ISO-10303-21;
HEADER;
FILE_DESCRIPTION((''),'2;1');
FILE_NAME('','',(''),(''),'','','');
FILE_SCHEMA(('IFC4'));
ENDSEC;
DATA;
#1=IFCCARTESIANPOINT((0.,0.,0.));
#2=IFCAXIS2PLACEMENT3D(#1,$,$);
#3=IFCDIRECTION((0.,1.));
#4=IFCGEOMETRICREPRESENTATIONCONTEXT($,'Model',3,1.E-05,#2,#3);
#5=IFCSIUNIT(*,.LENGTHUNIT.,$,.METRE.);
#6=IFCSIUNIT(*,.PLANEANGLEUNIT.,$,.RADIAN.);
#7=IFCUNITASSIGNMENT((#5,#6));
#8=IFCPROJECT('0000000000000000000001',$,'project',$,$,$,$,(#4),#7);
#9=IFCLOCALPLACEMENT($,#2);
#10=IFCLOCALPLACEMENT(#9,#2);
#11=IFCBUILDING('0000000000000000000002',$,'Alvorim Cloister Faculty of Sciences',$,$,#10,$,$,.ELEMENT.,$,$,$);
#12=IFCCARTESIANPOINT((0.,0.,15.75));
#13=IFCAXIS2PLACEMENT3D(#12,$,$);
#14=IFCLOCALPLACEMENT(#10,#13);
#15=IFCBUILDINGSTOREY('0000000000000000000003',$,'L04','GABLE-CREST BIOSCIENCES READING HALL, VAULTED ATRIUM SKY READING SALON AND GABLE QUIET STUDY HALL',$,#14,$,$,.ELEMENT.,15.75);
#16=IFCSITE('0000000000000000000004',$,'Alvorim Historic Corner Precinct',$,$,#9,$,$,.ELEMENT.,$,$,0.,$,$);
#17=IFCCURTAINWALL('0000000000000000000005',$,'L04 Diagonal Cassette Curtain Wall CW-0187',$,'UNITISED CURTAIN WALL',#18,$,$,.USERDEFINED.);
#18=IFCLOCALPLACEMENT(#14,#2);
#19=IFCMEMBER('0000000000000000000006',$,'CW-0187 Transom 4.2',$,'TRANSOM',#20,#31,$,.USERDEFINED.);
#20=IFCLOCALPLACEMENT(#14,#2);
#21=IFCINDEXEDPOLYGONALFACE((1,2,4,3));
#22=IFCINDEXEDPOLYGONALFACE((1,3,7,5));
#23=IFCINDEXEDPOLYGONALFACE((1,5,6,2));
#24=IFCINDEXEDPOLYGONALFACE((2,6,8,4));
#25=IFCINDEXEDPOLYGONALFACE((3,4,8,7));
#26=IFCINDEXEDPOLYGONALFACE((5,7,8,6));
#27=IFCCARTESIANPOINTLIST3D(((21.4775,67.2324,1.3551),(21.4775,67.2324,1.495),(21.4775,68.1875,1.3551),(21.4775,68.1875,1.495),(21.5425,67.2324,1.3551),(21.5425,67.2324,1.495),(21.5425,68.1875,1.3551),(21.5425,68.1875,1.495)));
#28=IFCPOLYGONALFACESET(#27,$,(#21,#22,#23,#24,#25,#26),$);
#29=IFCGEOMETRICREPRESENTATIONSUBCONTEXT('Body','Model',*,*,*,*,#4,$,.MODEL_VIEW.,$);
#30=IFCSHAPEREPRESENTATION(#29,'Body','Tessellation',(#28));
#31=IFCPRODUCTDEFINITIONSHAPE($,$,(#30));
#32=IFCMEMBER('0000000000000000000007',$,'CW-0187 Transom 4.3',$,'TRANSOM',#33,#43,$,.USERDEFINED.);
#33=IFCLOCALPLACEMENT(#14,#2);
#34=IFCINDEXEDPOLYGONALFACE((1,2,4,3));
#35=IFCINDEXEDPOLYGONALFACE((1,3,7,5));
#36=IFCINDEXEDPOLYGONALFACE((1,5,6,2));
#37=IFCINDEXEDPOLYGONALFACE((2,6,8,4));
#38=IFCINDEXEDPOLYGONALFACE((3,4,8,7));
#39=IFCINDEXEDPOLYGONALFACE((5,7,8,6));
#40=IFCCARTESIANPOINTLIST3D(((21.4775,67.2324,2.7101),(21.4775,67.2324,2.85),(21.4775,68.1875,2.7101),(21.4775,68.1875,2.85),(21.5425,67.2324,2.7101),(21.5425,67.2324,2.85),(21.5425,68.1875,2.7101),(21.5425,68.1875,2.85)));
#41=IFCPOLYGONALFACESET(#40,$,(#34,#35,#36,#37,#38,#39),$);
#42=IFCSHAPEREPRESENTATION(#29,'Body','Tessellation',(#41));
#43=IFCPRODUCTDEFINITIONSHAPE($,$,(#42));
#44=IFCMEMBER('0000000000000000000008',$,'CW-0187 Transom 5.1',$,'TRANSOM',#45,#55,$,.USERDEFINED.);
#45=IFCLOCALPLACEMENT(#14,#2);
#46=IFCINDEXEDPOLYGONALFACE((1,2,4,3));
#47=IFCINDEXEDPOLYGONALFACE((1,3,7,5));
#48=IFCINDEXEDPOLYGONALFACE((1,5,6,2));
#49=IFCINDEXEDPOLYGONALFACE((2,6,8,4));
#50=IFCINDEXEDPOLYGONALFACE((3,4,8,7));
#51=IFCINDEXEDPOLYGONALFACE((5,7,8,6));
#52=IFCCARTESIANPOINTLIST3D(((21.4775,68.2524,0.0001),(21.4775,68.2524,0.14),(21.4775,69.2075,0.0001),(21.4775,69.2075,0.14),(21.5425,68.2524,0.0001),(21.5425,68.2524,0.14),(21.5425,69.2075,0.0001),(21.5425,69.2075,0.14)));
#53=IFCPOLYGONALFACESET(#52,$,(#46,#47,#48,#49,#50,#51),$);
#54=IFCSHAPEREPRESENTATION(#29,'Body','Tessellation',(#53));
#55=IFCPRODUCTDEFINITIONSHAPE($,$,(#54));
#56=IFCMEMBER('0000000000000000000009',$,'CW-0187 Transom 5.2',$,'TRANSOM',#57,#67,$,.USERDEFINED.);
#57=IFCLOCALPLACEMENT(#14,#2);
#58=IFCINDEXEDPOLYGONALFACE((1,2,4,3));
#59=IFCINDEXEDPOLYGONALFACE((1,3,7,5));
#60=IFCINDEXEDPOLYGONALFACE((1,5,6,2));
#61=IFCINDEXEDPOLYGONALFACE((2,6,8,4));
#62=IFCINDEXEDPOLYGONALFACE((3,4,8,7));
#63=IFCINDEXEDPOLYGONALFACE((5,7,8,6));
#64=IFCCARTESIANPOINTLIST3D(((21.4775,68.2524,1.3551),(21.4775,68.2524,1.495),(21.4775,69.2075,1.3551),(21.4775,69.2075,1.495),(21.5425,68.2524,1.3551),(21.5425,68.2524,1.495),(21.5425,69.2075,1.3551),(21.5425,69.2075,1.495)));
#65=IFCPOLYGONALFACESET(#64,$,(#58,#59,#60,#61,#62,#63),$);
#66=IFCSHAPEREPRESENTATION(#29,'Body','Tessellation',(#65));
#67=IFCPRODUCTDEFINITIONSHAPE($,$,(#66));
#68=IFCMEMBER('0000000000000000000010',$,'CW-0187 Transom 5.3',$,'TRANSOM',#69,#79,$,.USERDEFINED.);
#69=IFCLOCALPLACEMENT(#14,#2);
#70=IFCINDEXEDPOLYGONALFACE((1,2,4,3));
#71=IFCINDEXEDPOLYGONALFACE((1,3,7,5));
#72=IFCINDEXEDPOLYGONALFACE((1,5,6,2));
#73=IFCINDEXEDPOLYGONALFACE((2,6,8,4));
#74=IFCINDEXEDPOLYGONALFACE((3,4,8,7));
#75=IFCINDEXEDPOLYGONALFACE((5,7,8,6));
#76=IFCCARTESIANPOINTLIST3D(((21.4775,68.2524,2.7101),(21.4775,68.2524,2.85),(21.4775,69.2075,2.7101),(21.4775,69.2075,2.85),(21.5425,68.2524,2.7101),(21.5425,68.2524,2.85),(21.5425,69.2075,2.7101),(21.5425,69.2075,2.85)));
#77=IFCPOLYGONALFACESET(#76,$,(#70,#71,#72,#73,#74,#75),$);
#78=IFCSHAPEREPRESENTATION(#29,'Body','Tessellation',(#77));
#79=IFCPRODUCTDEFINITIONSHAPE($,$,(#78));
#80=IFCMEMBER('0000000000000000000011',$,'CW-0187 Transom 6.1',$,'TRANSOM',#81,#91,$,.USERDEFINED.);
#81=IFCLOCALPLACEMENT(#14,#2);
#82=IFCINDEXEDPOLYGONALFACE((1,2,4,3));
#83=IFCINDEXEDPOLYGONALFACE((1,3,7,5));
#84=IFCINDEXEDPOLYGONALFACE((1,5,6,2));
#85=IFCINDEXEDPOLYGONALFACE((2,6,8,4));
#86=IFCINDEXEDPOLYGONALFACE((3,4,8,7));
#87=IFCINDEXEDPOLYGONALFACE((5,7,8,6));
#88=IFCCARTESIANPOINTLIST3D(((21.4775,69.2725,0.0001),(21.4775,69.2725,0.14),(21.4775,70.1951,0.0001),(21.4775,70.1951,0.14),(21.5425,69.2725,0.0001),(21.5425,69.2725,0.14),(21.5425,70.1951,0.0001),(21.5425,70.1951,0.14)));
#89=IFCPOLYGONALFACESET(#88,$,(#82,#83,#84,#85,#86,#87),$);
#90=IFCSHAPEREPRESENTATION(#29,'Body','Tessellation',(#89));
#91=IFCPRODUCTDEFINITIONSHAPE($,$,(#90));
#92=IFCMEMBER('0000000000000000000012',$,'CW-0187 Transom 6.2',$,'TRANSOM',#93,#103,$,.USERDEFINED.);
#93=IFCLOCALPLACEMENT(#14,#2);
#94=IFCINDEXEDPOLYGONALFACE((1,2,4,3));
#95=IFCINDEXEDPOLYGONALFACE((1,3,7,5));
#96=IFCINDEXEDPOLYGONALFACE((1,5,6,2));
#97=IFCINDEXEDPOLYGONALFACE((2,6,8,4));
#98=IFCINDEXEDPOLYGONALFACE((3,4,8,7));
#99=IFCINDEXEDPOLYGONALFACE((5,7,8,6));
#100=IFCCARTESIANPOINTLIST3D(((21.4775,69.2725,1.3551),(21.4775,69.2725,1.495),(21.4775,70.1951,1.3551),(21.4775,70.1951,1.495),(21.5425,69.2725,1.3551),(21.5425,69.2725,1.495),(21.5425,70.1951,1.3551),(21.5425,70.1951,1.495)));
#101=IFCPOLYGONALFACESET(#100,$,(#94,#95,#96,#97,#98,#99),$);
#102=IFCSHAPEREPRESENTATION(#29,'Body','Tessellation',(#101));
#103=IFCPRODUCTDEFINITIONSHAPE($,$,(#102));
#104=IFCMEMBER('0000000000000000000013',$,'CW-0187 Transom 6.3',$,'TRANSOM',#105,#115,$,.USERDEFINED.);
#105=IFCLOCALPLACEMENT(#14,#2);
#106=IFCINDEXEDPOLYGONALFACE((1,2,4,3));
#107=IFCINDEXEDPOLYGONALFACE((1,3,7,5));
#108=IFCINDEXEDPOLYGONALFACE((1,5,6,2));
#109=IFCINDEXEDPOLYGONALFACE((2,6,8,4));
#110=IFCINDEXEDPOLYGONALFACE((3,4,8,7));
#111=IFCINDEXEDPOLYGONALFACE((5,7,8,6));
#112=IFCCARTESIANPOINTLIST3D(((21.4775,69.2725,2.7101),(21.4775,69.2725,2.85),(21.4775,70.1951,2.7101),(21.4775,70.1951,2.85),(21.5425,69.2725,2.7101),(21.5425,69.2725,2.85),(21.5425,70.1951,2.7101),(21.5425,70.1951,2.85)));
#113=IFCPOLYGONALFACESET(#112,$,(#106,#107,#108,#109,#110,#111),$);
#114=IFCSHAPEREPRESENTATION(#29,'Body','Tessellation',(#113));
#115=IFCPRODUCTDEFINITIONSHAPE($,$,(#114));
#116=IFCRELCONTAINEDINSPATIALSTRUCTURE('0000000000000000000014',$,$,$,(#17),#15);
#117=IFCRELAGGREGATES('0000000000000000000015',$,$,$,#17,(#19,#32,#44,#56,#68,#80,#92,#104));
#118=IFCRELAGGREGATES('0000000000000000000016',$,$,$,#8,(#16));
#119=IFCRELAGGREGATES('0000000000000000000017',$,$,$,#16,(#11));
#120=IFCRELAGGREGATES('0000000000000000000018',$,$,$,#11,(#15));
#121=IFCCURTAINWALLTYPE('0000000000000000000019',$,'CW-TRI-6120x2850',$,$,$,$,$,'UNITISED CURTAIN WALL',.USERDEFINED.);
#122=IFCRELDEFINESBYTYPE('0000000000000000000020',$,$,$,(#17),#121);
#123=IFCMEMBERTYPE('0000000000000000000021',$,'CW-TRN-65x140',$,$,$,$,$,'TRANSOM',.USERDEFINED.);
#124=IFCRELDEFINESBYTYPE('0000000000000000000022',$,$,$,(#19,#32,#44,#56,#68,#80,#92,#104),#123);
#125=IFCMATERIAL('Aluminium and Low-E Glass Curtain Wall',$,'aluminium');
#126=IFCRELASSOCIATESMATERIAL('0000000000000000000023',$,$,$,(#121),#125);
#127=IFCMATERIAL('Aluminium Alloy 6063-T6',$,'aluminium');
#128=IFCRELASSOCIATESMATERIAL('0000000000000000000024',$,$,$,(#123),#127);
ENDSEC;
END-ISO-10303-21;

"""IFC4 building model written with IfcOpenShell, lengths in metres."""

from ifc_helpers import new_model, si_unit, direction, frame, origin, origin_2d, place, context, subcontext, project, spatial, rectangle, extrude, material, material_profile, profile_set, type_object, element, aggregate, save


model = new_model("IFC4")

# Units and contexts
model_context = context("Model", 3, precision=1e-05, world=origin(), true_north=direction((0.0, 1.0)))
body_context = subcontext(model_context, "Body", "Model", "MODEL_VIEW")
ifc_project = project(units=[si_unit("LENGTHUNIT", "METRE"), si_unit("PLANEANGLEUNIT", "RADIAN")], contexts=[model_context])

# Site, building, storey
site_placement = place(None, origin())
site = spatial("IfcSite", under=ifc_project, at=site_placement, Name="Alvorim Historic Corner Precinct", CompositionType="ELEMENT", RefElevation=0.0)
building_placement = place(site_placement, origin())
building = spatial("IfcBuilding", under=site, at=building_placement, Name="Alvorim Cloister Faculty of Sciences", CompositionType="ELEMENT")
storey_placement = place(building_placement, frame((0.0, 0.0, 15.75)))
storey = spatial("IfcBuildingStorey", under=building, at=storey_placement, Name="L04", Description="GABLE-CREST BIOSCIENCES READING HALL, VAULTED ATRIUM SKY READING SALON AND GABLE QUIET STUDY HALL", CompositionType="ELEMENT", Elevation=15.75)

# Shared definitions
ifc_material_1 = material(Name="Aluminium and Low-E Glass Curtain Wall", Category="aluminium")
curtain_wall_type = type_object("IfcCurtainWallType", Name="CW-TRI-6120x2850", ElementType="UNITISED CURTAIN WALL", PredefinedType="USERDEFINED", material=ifc_material_1)
ifc_material_2 = material(Name="Aluminium Alloy 6063-T6", Category="aluminium")

# Curtain wall, members
curtain_wall_1_placement = place(storey_placement, origin())
curtain_wall_1 = element("IfcCurtainWall", 1, at=curtain_wall_1_placement, inside=storey, type_object=curtain_wall_type, Name="L04 Diagonal Cassette Curtain Wall CW-0187", ObjectType="UNITISED CURTAIN WALL", PredefinedType="USERDEFINED")
ifc_material_profile_1 = material_profile(ifc_material_2, rectangle(XDim=0.0649, YDim=0.1399, at=origin_2d()), Name="ALU-TRN-65x140")
ifc_profile_set_1 = profile_set([ifc_material_profile_1], Name="Aluminium Alloy 6063-T6")
member_type_1 = type_object("IfcMemberType", Name="CW-TRN-65x140", ElementType="TRANSOM", PredefinedType="USERDEFINED", material=ifc_profile_set_1)
member_1_placement = place(storey_placement, frame((21.51, 67.2324, 1.425), z_axis=(0.0, 1.0, 0.0), x_axis=(-1.0, 0.0, 0.0)))
member_1 = element("IfcMember", 2, at=member_1_placement, type_object=member_type_1, Name="CW-0187 Transom 4.2", ObjectType="TRANSOM", PredefinedType="USERDEFINED", context=body_context, shape_type="SweptSolid", body=[
    extrude(rectangle(XDim=0.0649, YDim=0.1399, at=origin_2d()), origin(), (0.0, 0.0, 1.0), 0.9551),
])
member_2_placement = place(storey_placement, frame((21.51, 67.2324, 2.78), z_axis=(0.0, 1.0, 0.0), x_axis=(-1.0, 0.0, 0.0)))
member_2 = element("IfcMember", 3, at=member_2_placement, type_object=member_type_1, Name="CW-0187 Transom 4.3", ObjectType="TRANSOM", PredefinedType="USERDEFINED", context=body_context, shape_type="SweptSolid", body=[
    extrude(rectangle(XDim=0.0649, YDim=0.1399, at=origin_2d()), origin(), (0.0, 0.0, 1.0), 0.9551),
])
member_3_placement = place(storey_placement, frame((21.51, 68.2524, 0.0701), z_axis=(0.0, 1.0, 0.0), x_axis=(-1.0, 0.0, 0.0)))
member_3 = element("IfcMember", 4, at=member_3_placement, type_object=member_type_1, Name="CW-0187 Transom 5.1", ObjectType="TRANSOM", PredefinedType="USERDEFINED", context=body_context, shape_type="SweptSolid", body=[
    extrude(rectangle(XDim=0.0649, YDim=0.1399, at=origin_2d()), origin(), (0.0, 0.0, 1.0), 0.9551),
])
member_4_placement = place(storey_placement, frame((21.51, 68.2524, 1.425), z_axis=(0.0, 1.0, 0.0), x_axis=(-1.0, 0.0, 0.0)))
member_4 = element("IfcMember", 5, at=member_4_placement, type_object=member_type_1, Name="CW-0187 Transom 5.2", ObjectType="TRANSOM", PredefinedType="USERDEFINED", context=body_context, shape_type="SweptSolid", body=[
    extrude(rectangle(XDim=0.0649, YDim=0.1399, at=origin_2d()), origin(), (0.0, 0.0, 1.0), 0.9551),
])
member_5_placement = place(storey_placement, frame((21.51, 68.2524, 2.78), z_axis=(0.0, 1.0, 0.0), x_axis=(-1.0, 0.0, 0.0)))
member_5 = element("IfcMember", 6, at=member_5_placement, type_object=member_type_1, Name="CW-0187 Transom 5.3", ObjectType="TRANSOM", PredefinedType="USERDEFINED", context=body_context, shape_type="SweptSolid", body=[
    extrude(rectangle(XDim=0.0649, YDim=0.1399, at=origin_2d()), origin(), (0.0, 0.0, 1.0), 0.9551),
])
member_6_placement = place(storey_placement, frame((21.51, 69.2725, 0.0701), z_axis=(0.0, 1.0, 0.0), x_axis=(-1.0, 0.0, 0.0)))
member_6 = element("IfcMember", 7, at=member_6_placement, type_object=member_type_1, Name="CW-0187 Transom 6.1", ObjectType="TRANSOM", PredefinedType="USERDEFINED", context=body_context, shape_type="SweptSolid", body=[
    extrude(rectangle(XDim=0.0649, YDim=0.1399, at=origin_2d()), origin(), (0.0, 0.0, 1.0), 0.9226),
])
member_7_placement = place(storey_placement, frame((21.51, 69.2725, 1.425), z_axis=(0.0, 1.0, 0.0), x_axis=(-1.0, 0.0, 0.0)))
member_7 = element("IfcMember", 8, at=member_7_placement, type_object=member_type_1, Name="CW-0187 Transom 6.2", ObjectType="TRANSOM", PredefinedType="USERDEFINED", context=body_context, shape_type="SweptSolid", body=[
    extrude(rectangle(XDim=0.0649, YDim=0.1399, at=origin_2d()), origin(), (0.0, 0.0, 1.0), 0.9226),
])
member_8_placement = place(storey_placement, frame((21.51, 69.2725, 2.78), z_axis=(0.0, 1.0, 0.0), x_axis=(-1.0, 0.0, 0.0)))
member_8 = element("IfcMember", 9, at=member_8_placement, type_object=member_type_1, Name="CW-0187 Transom 6.3", ObjectType="TRANSOM", PredefinedType="USERDEFINED", context=body_context, shape_type="SweptSolid", body=[
    extrude(rectangle(XDim=0.0649, YDim=0.1399, at=origin_2d()), origin(), (0.0, 0.0, 1.0), 0.9226),
])
aggregate(curtain_wall_1, [member_1, member_2, member_3, member_4, member_5, member_6, member_7, member_8])

save(model, "model.ifc")
